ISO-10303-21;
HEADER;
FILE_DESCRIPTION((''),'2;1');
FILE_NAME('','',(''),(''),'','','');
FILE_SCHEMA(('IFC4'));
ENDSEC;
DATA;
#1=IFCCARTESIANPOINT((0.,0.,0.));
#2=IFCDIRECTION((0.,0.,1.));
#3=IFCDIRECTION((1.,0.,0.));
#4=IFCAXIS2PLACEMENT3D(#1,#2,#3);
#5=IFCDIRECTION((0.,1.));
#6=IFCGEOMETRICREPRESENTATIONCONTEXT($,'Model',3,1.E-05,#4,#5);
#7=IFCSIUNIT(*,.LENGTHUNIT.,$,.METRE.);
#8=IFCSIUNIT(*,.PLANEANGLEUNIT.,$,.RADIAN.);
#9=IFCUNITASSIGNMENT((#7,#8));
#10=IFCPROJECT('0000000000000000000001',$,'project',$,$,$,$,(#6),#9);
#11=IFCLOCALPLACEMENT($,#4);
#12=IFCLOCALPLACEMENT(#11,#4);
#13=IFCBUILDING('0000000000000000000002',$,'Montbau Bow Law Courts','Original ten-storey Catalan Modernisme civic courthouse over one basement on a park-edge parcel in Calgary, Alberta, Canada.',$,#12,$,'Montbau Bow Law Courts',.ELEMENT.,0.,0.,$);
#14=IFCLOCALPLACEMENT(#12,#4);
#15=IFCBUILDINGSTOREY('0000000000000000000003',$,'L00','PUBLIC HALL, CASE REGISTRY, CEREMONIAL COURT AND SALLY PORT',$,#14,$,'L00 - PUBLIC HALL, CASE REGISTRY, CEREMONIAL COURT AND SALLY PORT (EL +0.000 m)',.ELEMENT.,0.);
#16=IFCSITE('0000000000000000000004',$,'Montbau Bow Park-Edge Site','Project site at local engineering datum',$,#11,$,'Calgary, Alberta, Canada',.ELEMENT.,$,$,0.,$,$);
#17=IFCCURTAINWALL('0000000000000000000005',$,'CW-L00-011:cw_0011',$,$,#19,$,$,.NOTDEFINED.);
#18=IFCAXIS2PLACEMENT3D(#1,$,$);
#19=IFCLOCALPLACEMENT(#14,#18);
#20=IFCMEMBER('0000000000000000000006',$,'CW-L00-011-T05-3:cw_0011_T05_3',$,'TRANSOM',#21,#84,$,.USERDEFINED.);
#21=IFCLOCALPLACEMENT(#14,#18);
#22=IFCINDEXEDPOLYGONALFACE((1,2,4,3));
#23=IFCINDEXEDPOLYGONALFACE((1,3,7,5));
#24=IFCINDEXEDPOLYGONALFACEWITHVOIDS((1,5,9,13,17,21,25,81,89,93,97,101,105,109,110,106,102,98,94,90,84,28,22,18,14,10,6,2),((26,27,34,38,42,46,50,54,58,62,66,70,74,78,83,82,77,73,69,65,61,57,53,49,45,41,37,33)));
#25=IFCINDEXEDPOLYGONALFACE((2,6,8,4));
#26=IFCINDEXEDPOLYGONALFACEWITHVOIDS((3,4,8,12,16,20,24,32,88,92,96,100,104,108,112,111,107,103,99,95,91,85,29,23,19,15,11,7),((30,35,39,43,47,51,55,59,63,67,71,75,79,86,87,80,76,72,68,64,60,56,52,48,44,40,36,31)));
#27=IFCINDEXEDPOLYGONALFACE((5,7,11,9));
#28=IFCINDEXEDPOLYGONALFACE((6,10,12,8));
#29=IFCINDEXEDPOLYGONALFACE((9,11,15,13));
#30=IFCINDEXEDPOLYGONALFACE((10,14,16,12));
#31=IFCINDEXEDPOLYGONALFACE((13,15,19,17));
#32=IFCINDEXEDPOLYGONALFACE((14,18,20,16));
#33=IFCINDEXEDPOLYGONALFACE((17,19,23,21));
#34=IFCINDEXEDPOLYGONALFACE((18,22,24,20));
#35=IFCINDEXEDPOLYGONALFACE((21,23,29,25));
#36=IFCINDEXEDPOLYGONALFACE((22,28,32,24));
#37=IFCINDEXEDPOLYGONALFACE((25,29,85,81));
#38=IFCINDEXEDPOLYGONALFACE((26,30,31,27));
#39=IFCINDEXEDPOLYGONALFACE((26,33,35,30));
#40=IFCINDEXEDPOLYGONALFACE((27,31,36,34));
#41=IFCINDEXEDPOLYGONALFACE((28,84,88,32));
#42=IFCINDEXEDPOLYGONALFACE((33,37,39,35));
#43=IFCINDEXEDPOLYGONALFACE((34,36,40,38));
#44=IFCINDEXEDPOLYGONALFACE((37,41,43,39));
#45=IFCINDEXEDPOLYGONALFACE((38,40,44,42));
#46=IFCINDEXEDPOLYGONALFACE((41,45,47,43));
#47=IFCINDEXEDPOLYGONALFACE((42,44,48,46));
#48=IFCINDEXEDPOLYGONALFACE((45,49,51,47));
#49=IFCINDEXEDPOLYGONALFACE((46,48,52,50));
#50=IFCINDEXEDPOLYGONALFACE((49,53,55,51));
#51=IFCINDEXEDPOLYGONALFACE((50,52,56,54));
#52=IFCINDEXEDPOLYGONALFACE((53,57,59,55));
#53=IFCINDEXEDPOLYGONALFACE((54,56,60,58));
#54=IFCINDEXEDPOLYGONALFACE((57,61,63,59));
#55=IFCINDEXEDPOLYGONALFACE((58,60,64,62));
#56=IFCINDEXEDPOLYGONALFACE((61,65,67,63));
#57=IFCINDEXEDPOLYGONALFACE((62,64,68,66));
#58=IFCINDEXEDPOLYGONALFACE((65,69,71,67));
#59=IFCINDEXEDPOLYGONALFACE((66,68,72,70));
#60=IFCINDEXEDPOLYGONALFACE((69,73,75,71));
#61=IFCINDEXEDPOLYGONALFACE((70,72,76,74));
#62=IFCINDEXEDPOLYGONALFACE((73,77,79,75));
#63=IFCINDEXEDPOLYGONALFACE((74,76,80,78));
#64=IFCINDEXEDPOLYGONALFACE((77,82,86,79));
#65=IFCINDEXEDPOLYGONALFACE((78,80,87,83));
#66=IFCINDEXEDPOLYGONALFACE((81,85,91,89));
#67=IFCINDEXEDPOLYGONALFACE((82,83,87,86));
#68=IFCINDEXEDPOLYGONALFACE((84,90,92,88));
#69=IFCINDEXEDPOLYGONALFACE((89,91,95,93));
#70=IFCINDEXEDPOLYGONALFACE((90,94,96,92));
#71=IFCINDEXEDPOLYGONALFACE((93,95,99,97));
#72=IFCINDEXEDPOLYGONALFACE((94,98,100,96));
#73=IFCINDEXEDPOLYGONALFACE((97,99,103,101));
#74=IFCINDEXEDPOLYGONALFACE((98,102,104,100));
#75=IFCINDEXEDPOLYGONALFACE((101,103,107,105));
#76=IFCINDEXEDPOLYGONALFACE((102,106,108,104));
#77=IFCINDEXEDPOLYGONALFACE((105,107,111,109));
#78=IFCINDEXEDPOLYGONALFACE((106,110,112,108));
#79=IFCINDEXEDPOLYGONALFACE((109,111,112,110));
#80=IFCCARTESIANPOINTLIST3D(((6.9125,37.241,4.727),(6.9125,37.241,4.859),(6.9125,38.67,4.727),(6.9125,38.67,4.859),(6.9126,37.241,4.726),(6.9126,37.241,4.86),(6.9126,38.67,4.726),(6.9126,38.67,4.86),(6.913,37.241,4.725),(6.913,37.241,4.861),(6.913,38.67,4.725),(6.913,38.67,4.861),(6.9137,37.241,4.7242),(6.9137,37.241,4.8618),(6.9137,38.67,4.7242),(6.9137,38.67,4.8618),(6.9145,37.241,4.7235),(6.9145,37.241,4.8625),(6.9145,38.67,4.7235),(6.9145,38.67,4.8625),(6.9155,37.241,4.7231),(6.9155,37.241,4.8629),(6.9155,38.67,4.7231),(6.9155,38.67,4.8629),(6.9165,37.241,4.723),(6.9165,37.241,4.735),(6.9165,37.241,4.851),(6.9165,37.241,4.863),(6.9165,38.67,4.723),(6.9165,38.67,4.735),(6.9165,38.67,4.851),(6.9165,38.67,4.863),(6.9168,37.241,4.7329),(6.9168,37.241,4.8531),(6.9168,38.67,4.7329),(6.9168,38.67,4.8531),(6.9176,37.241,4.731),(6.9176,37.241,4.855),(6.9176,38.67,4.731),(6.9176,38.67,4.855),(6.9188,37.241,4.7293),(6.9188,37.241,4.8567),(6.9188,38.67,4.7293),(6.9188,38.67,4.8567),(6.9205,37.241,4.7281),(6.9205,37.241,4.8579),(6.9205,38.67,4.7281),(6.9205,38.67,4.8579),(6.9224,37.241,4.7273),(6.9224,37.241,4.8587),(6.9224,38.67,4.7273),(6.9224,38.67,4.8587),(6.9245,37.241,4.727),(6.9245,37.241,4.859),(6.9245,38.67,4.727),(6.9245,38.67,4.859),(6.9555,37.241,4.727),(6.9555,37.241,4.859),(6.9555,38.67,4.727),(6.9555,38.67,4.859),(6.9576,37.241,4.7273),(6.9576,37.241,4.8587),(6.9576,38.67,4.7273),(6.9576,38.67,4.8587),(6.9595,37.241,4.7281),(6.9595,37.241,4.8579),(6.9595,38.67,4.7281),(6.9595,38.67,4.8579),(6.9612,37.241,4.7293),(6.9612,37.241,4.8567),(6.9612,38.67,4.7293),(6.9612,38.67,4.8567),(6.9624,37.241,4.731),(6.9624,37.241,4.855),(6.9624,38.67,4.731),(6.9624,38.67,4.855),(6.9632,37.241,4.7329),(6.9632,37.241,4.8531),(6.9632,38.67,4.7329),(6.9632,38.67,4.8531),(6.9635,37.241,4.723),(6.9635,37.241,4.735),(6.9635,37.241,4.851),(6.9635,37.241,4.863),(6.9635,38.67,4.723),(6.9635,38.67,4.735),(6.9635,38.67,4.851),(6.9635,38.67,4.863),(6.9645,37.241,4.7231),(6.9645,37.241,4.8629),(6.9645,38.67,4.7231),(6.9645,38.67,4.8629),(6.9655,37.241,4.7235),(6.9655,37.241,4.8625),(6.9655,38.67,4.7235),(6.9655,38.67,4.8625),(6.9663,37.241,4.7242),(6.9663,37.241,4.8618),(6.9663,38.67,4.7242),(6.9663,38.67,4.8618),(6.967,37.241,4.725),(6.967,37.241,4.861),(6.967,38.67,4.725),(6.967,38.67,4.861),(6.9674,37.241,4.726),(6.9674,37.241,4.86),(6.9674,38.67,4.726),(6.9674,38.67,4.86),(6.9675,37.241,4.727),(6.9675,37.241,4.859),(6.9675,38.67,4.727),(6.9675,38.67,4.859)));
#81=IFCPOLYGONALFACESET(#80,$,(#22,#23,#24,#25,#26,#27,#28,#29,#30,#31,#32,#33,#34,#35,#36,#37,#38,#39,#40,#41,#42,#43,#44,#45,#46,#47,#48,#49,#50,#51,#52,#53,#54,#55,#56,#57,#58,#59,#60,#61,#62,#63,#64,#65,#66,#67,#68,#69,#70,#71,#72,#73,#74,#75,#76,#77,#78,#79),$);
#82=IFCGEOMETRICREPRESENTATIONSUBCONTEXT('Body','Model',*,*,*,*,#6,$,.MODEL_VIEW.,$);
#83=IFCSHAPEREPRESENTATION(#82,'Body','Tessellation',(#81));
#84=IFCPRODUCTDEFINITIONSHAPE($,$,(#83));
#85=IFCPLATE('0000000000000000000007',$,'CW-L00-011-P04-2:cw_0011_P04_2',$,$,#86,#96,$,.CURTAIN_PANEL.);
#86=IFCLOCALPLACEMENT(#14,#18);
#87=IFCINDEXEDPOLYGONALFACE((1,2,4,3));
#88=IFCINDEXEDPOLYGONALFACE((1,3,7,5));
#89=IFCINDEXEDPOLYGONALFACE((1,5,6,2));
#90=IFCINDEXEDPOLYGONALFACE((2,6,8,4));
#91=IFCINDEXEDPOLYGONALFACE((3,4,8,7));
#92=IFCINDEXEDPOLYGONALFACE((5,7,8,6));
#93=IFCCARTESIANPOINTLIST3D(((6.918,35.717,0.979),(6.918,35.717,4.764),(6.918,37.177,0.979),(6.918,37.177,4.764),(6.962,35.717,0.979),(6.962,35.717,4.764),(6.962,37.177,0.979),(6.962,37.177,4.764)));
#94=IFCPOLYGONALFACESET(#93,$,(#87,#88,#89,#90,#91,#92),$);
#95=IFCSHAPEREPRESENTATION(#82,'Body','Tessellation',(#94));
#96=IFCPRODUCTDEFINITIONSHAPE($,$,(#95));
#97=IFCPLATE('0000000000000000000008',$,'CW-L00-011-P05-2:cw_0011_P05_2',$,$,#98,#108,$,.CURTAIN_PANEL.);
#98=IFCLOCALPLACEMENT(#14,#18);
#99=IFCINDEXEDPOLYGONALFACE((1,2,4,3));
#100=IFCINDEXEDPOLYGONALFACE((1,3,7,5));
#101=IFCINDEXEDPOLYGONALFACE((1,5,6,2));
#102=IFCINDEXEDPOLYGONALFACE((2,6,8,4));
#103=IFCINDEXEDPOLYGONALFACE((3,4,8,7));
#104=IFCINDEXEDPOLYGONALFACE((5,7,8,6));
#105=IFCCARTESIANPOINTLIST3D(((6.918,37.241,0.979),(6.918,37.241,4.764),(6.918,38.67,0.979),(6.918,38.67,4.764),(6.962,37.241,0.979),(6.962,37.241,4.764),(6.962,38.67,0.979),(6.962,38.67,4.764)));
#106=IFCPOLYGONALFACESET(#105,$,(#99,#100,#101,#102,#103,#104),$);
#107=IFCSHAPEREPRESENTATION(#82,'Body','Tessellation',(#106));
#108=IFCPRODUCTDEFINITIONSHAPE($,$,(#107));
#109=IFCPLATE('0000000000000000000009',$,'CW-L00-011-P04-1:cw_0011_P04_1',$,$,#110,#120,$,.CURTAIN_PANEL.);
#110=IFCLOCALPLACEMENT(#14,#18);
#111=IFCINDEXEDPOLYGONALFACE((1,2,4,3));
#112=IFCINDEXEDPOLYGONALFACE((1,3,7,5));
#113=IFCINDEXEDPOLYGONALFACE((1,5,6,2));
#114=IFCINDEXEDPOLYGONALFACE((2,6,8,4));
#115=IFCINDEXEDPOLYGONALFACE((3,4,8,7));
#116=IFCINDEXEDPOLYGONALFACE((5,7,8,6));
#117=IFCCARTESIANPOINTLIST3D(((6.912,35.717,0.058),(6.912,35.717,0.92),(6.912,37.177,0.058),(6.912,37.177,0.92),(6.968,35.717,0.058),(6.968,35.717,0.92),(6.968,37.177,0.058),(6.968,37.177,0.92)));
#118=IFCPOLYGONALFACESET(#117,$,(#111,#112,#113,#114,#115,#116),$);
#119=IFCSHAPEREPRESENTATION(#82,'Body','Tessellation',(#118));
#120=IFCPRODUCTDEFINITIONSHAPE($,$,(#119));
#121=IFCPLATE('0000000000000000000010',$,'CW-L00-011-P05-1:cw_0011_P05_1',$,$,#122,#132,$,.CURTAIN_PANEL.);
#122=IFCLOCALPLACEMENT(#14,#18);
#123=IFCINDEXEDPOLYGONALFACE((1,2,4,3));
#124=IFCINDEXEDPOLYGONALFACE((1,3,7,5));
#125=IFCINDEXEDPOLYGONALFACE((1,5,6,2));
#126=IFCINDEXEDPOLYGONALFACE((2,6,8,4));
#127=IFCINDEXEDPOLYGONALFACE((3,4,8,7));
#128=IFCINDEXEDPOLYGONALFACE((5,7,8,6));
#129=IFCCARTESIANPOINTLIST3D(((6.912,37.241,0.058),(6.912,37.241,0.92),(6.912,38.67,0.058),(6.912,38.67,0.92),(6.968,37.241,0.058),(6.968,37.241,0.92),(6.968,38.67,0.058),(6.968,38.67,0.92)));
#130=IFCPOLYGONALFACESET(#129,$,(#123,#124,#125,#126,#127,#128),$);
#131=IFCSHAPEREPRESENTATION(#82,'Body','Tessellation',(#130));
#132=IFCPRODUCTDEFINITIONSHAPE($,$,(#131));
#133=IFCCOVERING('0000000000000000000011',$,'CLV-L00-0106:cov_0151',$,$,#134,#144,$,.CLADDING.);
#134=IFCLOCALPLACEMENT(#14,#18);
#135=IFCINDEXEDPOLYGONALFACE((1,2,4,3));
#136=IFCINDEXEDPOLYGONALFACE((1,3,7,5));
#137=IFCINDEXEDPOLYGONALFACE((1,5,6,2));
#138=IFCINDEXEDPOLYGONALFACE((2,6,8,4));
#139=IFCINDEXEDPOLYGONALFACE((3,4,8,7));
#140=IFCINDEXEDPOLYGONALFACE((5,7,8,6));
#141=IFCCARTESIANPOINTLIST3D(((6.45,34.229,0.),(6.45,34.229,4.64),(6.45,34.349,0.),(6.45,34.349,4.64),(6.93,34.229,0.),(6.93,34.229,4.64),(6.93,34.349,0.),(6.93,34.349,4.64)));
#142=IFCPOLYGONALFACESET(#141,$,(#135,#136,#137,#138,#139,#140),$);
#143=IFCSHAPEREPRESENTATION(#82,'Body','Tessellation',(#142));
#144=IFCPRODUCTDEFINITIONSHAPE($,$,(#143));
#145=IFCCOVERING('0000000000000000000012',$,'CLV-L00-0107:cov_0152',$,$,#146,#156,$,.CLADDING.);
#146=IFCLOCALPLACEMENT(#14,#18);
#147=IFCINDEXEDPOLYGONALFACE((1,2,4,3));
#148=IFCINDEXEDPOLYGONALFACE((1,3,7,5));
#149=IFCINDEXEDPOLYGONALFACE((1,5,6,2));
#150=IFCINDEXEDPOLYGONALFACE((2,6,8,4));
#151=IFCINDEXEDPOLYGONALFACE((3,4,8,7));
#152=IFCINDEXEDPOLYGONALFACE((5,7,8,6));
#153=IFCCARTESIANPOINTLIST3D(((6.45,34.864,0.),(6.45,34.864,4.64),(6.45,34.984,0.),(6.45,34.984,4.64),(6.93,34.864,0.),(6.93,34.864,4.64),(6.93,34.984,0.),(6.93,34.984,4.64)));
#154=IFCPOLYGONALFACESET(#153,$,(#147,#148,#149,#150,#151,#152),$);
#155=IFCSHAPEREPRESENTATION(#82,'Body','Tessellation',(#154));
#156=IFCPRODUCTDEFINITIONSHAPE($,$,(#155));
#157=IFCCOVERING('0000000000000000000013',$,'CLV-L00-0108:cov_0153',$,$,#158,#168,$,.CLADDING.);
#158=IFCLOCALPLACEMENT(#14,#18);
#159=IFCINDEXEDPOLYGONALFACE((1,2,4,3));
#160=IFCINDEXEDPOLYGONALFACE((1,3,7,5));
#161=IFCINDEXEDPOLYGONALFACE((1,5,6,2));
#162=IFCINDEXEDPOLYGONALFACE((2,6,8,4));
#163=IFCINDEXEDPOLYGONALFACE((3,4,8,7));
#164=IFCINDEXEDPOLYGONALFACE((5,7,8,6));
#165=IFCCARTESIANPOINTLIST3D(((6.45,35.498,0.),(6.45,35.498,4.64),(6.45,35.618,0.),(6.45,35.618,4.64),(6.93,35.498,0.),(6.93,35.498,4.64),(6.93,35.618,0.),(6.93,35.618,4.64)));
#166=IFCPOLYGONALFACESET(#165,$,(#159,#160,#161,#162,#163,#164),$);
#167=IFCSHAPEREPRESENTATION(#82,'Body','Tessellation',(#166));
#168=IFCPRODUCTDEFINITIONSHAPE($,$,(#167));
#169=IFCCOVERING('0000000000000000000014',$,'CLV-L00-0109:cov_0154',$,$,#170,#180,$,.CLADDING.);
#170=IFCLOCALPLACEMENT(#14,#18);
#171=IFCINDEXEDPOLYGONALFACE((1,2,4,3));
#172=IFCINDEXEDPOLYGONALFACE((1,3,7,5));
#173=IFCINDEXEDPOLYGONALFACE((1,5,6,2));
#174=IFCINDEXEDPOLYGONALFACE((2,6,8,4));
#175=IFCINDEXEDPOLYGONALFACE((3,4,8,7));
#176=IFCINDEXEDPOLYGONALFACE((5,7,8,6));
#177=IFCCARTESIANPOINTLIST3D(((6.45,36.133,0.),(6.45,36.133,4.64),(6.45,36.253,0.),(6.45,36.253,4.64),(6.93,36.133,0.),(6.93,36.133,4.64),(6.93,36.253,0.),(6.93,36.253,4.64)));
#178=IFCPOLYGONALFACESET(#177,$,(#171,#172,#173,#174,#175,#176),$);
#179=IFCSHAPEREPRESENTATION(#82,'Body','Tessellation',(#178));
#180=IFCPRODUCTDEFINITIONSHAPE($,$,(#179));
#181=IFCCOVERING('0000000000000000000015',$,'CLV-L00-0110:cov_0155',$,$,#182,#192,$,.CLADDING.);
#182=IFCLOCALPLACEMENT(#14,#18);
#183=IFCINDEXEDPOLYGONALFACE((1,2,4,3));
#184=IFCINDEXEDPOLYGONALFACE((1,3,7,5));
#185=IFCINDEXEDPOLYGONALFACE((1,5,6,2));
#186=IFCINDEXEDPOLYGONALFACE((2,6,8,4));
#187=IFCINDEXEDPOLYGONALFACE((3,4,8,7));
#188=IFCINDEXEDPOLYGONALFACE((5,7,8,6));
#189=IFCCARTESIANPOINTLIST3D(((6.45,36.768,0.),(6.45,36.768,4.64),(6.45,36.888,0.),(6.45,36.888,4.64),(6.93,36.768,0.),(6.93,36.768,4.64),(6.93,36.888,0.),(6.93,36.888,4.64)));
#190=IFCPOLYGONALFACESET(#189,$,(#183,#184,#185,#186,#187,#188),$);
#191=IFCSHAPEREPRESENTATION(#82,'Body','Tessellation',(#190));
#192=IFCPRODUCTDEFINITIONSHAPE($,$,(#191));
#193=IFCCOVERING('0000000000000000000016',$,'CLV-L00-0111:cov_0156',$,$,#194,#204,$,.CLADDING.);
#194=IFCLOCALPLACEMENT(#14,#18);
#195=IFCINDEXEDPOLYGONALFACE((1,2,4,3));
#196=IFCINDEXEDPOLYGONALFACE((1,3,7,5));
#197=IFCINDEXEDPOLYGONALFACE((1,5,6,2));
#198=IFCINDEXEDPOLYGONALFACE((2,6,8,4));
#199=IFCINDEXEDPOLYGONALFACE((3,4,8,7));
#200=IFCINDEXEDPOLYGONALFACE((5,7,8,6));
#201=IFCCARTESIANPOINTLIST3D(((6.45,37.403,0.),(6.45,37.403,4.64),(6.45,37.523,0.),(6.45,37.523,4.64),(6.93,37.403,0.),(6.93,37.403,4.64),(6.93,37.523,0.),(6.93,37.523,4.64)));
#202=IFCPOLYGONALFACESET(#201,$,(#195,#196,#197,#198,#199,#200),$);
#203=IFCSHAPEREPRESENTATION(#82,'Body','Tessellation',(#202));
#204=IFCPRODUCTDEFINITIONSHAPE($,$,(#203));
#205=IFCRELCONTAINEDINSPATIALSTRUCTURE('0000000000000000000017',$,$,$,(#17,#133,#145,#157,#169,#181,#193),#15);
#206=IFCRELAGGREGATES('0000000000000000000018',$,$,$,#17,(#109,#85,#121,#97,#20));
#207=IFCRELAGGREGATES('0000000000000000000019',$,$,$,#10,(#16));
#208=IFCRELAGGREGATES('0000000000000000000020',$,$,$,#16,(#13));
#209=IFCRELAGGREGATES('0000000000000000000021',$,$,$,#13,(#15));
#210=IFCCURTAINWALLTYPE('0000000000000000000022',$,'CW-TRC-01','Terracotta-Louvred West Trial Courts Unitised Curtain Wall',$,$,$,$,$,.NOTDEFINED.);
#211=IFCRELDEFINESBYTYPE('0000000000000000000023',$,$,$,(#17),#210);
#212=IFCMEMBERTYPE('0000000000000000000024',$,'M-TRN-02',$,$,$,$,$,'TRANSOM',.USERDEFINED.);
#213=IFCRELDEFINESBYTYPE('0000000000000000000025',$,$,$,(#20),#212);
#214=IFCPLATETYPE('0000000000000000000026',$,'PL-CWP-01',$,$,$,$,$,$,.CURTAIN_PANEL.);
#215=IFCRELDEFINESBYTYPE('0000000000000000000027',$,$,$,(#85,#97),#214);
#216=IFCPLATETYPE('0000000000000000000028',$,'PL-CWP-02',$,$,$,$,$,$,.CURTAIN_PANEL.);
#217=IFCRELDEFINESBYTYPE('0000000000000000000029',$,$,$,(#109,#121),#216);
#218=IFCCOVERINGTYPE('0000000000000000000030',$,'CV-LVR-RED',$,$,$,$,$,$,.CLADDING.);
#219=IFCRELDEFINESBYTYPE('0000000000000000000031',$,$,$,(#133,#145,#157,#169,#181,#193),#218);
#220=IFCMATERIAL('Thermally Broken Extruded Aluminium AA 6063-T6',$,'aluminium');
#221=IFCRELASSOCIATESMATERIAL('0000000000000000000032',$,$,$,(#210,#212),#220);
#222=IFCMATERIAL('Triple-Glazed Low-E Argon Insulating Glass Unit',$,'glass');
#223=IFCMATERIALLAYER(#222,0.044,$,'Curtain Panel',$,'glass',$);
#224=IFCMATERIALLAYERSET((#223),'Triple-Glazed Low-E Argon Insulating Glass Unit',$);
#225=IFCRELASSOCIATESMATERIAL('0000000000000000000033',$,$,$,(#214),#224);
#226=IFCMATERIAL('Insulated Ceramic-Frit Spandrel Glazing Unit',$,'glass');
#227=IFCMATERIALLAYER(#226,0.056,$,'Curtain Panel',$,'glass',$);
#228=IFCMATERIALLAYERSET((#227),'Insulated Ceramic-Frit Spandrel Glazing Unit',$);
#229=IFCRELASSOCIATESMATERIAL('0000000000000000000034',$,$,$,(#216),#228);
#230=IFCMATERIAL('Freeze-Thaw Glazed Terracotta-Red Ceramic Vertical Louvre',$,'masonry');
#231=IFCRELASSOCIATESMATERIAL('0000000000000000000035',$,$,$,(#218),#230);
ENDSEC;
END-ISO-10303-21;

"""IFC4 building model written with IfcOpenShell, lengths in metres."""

from ifc_helpers import new_model, si_unit, direction, frame, frame_2d, origin_with_axes, origin_2d_with_axis, place, context, subcontext, project, spatial, rectangle, hollow_rectangle, extrude, material, layer, layer_set, material_profile, profile_set, type_object, element, aggregate, save


model = new_model("IFC4")

# Units and contexts
model_context = context("Model", 3, precision=1e-05, world=origin_with_axes(), true_north=direction((0.0, 1.0)))
body_context = subcontext(model_context, "Body", "Model", "MODEL_VIEW")
ifc_project = project(units=[si_unit("LENGTHUNIT", "METRE"), si_unit("PLANEANGLEUNIT", "RADIAN")], contexts=[model_context])

# Site, building, storey
site_placement = place(None, origin_with_axes())
site = spatial("IfcSite", under=ifc_project, at=site_placement, Name="Montbau Bow Park-Edge Site", Description="Project site at local engineering datum", LongName="Calgary, Alberta, Canada", CompositionType="ELEMENT", RefElevation=0.0)
building_placement = place(site_placement, origin_with_axes())
building = spatial("IfcBuilding", under=site, at=building_placement, Name="Montbau Bow Law Courts", Description="Original ten-storey Catalan Modernisme civic courthouse over one basement on a park-edge parcel in Calgary, Alberta, Canada.", LongName="Montbau Bow Law Courts", CompositionType="ELEMENT", ElevationOfRefHeight=0.0, ElevationOfTerrain=0.0)
storey_placement = place(building_placement, origin_with_axes())
storey = spatial("IfcBuildingStorey", under=building, at=storey_placement, Name="L00", Description="PUBLIC HALL, CASE REGISTRY, CEREMONIAL COURT AND SALLY PORT", LongName="L00 - PUBLIC HALL, CASE REGISTRY, CEREMONIAL COURT AND SALLY PORT (EL +0.000 m)", CompositionType="ELEMENT", Elevation=0.0)

# Curtain wall, member, plates
ifc_material_1 = material(Name="Thermally Broken Extruded Aluminium AA 6063-T6", Category="aluminium")
curtain_wall_type = type_object("IfcCurtainWallType", Name="CW-TRC-01", Description="Terracotta-Louvred West Trial Courts Unitised Curtain Wall", PredefinedType="NOTDEFINED", material=ifc_material_1)
curtain_wall_placement = place(None, frame((6.94, 31.115, 0.0), z_axis=(0.0, 0.0, 1.0), x_axis=(1.0, 0.0, 0.0)))
curtain_wall = element("IfcCurtainWall", 1, at=curtain_wall_placement, inside=storey, type_object=curtain_wall_type, Name="CW-L00-011:cw_0011", PredefinedType="NOTDEFINED")
ifc_material_profile_1 = material_profile(ifc_material_1, hollow_rectangle(XDim=0.055, YDim=0.14, WallThickness=0.004, InnerFilletRadius=0.008, OuterFilletRadius=0.004, at=origin_2d_with_axis()), Name="CWT-140X55", Category="Main", Priority=0)
ifc_profile_set_1 = profile_set([ifc_material_profile_1], Name="Thermally Broken Extruded Aluminium AA 6063-T6")
member_type_1 = type_object("IfcMemberType", Name="M-TRN-02", ElementType="TRANSOM", PredefinedType="USERDEFINED", material=ifc_profile_set_1)
member_1_placement = place(None, frame((6.94, 37.241, 4.793), z_axis=(0.0, 1.0, 0.0), x_axis=(-1.0, 0.0, 0.0)))
member_1 = element("IfcMember", 2, at=member_1_placement, type_object=member_type_1, Name="CW-L00-011-T05-3:cw_0011_T05_3", ObjectType="TRANSOM", PredefinedType="USERDEFINED", context=body_context, shape_type="SweptSolid", body=[
    extrude(hollow_rectangle(XDim=0.055, YDim=0.14, WallThickness=0.004, InnerFilletRadius=0.008, OuterFilletRadius=0.004, at=origin_2d_with_axis()), origin_with_axes(), (0.0, 0.0, 1.0), 1.429),
])
ifc_material_2 = material(Name="Triple-Glazed Low-E Argon Insulating Glass Unit", Category="glass")
ifc_layer_1 = layer(ifc_material_2, 0.044, Name="Curtain Panel", Category="glass")
ifc_layer_set_1 = layer_set([ifc_layer_1], Name="Triple-Glazed Low-E Argon Insulating Glass Unit")
plate_type_1 = type_object("IfcPlateType", Name="PL-CWP-01", PredefinedType="CURTAIN_PANEL", material=ifc_layer_set_1)
plate_1_placement = place(None, frame((6.94, 35.717, 0.979), z_axis=(1.0, 0.0, 0.0), x_axis=(0.0, 1.0, 0.0)))
plate_1 = element("IfcPlate", 3, at=plate_1_placement, type_object=plate_type_1, Name="CW-L00-011-P04-2:cw_0011_P04_2", PredefinedType="CURTAIN_PANEL", context=body_context, shape_type="SweptSolid", body=[
    extrude(rectangle(XDim=1.46, YDim=3.785, at=frame_2d((0.73, 1.8925), x_axis=(1.0, 0.0))), frame((0.0, 0.0, -0.022), z_axis=(0.0, 0.0, 1.0), x_axis=(1.0, 0.0, 0.0)), (0.0, 0.0, 1.0), 0.044),
])
plate_2_placement = place(None, frame((6.94, 37.241, 0.979), z_axis=(1.0, 0.0, 0.0), x_axis=(0.0, 1.0, 0.0)))
plate_2 = element("IfcPlate", 4, at=plate_2_placement, type_object=plate_type_1, Name="CW-L00-011-P05-2:cw_0011_P05_2", PredefinedType="CURTAIN_PANEL", context=body_context, shape_type="SweptSolid", body=[
    extrude(rectangle(XDim=1.429, YDim=3.785, at=frame_2d((0.7145, 1.8925), x_axis=(1.0, 0.0))), frame((0.0, 0.0, -0.022), z_axis=(0.0, 0.0, 1.0), x_axis=(1.0, 0.0, 0.0)), (0.0, 0.0, 1.0), 0.044),
])
ifc_material_3 = material(Name="Insulated Ceramic-Frit Spandrel Glazing Unit", Category="glass")
ifc_layer_2 = layer(ifc_material_3, 0.056, Name="Curtain Panel", Category="glass")
ifc_layer_set_2 = layer_set([ifc_layer_2], Name="Insulated Ceramic-Frit Spandrel Glazing Unit")
plate_type_2 = type_object("IfcPlateType", Name="PL-CWP-02", PredefinedType="CURTAIN_PANEL", material=ifc_layer_set_2)
plate_3_placement = place(None, frame((6.94, 35.717, 0.058), z_axis=(1.0, 0.0, 0.0), x_axis=(0.0, 1.0, 0.0)))
plate_3 = element("IfcPlate", 5, at=plate_3_placement, type_object=plate_type_2, Name="CW-L00-011-P04-1:cw_0011_P04_1", PredefinedType="CURTAIN_PANEL", context=body_context, shape_type="SweptSolid", body=[
    extrude(rectangle(XDim=1.46, YDim=0.862, at=frame_2d((0.73, 0.431), x_axis=(1.0, 0.0))), frame((0.0, 0.0, -0.028), z_axis=(0.0, 0.0, 1.0), x_axis=(1.0, 0.0, 0.0)), (0.0, 0.0, 1.0), 0.056),
])
plate_4_placement = place(None, frame((6.94, 37.241, 0.058), z_axis=(1.0, 0.0, 0.0), x_axis=(0.0, 1.0, 0.0)))
plate_4 = element("IfcPlate", 6, at=plate_4_placement, type_object=plate_type_2, Name="CW-L00-011-P05-1:cw_0011_P05_1", PredefinedType="CURTAIN_PANEL", context=body_context, shape_type="SweptSolid", body=[
    extrude(rectangle(XDim=1.429, YDim=0.862, at=frame_2d((0.7145, 0.431), x_axis=(1.0, 0.0))), frame((0.0, 0.0, -0.028), z_axis=(0.0, 0.0, 1.0), x_axis=(1.0, 0.0, 0.0)), (0.0, 0.0, 1.0), 0.056),
])
aggregate(curtain_wall, [plate_3, plate_1, plate_4, plate_2, member_1])

# Coverings
ifc_material_4 = material(Name="Freeze-Thaw Glazed Terracotta-Red Ceramic Vertical Louvre", Category="masonry")
covering_type = type_object("IfcCoveringType", Name="CV-LVR-RED", PredefinedType="CLADDING", material=ifc_material_4)
for number, where, z_axis, x_axis, name in (
    (7, (6.93, 34.289, 0.0), (0.0, 1.0, 0.0), (-1.0, 0.0, 0.0), "CLV-L00-0106:cov_0151"),
    (8, (6.93, 34.924, 0.0), (0.0, 1.0, 0.0), (-1.0, 0.0, 0.0), "CLV-L00-0107:cov_0152"),
    (9, (6.93, 35.558, 0.0), (0.0, 1.0, 0.0), (-1.0, 0.0, 0.0), "CLV-L00-0108:cov_0153"),
    (10, (6.93, 36.193, 0.0), (0.0, 1.0, 0.0), (-1.0, 0.0, 0.0), "CLV-L00-0109:cov_0154"),
    (11, (6.93, 36.828, 0.0), (0.0, 1.0, 0.0), (-1.0, 0.0, 0.0), "CLV-L00-0110:cov_0155"),
    (12, (6.93, 37.463, 0.0), (0.0, 1.0, 0.0), (-1.0, 0.0, 0.0), "CLV-L00-0111:cov_0156"),
):
    element("IfcCovering", number, at=place(None, frame(where, z_axis=z_axis, x_axis=x_axis)), inside=storey, type_object=covering_type, Name=name, PredefinedType="CLADDING", context=body_context, shape_type="SweptSolid", body=[
        extrude(rectangle(XDim=0.48, YDim=4.64, at=frame_2d((0.24, 2.32), x_axis=(1.0, 0.0))), frame((0.0, 0.0, -0.06), z_axis=(0.0, 0.0, 1.0), x_axis=(1.0, 0.0, 0.0)), (0.0, 0.0, 1.0), 0.12),
    ])

save(model, "model.ifc")
